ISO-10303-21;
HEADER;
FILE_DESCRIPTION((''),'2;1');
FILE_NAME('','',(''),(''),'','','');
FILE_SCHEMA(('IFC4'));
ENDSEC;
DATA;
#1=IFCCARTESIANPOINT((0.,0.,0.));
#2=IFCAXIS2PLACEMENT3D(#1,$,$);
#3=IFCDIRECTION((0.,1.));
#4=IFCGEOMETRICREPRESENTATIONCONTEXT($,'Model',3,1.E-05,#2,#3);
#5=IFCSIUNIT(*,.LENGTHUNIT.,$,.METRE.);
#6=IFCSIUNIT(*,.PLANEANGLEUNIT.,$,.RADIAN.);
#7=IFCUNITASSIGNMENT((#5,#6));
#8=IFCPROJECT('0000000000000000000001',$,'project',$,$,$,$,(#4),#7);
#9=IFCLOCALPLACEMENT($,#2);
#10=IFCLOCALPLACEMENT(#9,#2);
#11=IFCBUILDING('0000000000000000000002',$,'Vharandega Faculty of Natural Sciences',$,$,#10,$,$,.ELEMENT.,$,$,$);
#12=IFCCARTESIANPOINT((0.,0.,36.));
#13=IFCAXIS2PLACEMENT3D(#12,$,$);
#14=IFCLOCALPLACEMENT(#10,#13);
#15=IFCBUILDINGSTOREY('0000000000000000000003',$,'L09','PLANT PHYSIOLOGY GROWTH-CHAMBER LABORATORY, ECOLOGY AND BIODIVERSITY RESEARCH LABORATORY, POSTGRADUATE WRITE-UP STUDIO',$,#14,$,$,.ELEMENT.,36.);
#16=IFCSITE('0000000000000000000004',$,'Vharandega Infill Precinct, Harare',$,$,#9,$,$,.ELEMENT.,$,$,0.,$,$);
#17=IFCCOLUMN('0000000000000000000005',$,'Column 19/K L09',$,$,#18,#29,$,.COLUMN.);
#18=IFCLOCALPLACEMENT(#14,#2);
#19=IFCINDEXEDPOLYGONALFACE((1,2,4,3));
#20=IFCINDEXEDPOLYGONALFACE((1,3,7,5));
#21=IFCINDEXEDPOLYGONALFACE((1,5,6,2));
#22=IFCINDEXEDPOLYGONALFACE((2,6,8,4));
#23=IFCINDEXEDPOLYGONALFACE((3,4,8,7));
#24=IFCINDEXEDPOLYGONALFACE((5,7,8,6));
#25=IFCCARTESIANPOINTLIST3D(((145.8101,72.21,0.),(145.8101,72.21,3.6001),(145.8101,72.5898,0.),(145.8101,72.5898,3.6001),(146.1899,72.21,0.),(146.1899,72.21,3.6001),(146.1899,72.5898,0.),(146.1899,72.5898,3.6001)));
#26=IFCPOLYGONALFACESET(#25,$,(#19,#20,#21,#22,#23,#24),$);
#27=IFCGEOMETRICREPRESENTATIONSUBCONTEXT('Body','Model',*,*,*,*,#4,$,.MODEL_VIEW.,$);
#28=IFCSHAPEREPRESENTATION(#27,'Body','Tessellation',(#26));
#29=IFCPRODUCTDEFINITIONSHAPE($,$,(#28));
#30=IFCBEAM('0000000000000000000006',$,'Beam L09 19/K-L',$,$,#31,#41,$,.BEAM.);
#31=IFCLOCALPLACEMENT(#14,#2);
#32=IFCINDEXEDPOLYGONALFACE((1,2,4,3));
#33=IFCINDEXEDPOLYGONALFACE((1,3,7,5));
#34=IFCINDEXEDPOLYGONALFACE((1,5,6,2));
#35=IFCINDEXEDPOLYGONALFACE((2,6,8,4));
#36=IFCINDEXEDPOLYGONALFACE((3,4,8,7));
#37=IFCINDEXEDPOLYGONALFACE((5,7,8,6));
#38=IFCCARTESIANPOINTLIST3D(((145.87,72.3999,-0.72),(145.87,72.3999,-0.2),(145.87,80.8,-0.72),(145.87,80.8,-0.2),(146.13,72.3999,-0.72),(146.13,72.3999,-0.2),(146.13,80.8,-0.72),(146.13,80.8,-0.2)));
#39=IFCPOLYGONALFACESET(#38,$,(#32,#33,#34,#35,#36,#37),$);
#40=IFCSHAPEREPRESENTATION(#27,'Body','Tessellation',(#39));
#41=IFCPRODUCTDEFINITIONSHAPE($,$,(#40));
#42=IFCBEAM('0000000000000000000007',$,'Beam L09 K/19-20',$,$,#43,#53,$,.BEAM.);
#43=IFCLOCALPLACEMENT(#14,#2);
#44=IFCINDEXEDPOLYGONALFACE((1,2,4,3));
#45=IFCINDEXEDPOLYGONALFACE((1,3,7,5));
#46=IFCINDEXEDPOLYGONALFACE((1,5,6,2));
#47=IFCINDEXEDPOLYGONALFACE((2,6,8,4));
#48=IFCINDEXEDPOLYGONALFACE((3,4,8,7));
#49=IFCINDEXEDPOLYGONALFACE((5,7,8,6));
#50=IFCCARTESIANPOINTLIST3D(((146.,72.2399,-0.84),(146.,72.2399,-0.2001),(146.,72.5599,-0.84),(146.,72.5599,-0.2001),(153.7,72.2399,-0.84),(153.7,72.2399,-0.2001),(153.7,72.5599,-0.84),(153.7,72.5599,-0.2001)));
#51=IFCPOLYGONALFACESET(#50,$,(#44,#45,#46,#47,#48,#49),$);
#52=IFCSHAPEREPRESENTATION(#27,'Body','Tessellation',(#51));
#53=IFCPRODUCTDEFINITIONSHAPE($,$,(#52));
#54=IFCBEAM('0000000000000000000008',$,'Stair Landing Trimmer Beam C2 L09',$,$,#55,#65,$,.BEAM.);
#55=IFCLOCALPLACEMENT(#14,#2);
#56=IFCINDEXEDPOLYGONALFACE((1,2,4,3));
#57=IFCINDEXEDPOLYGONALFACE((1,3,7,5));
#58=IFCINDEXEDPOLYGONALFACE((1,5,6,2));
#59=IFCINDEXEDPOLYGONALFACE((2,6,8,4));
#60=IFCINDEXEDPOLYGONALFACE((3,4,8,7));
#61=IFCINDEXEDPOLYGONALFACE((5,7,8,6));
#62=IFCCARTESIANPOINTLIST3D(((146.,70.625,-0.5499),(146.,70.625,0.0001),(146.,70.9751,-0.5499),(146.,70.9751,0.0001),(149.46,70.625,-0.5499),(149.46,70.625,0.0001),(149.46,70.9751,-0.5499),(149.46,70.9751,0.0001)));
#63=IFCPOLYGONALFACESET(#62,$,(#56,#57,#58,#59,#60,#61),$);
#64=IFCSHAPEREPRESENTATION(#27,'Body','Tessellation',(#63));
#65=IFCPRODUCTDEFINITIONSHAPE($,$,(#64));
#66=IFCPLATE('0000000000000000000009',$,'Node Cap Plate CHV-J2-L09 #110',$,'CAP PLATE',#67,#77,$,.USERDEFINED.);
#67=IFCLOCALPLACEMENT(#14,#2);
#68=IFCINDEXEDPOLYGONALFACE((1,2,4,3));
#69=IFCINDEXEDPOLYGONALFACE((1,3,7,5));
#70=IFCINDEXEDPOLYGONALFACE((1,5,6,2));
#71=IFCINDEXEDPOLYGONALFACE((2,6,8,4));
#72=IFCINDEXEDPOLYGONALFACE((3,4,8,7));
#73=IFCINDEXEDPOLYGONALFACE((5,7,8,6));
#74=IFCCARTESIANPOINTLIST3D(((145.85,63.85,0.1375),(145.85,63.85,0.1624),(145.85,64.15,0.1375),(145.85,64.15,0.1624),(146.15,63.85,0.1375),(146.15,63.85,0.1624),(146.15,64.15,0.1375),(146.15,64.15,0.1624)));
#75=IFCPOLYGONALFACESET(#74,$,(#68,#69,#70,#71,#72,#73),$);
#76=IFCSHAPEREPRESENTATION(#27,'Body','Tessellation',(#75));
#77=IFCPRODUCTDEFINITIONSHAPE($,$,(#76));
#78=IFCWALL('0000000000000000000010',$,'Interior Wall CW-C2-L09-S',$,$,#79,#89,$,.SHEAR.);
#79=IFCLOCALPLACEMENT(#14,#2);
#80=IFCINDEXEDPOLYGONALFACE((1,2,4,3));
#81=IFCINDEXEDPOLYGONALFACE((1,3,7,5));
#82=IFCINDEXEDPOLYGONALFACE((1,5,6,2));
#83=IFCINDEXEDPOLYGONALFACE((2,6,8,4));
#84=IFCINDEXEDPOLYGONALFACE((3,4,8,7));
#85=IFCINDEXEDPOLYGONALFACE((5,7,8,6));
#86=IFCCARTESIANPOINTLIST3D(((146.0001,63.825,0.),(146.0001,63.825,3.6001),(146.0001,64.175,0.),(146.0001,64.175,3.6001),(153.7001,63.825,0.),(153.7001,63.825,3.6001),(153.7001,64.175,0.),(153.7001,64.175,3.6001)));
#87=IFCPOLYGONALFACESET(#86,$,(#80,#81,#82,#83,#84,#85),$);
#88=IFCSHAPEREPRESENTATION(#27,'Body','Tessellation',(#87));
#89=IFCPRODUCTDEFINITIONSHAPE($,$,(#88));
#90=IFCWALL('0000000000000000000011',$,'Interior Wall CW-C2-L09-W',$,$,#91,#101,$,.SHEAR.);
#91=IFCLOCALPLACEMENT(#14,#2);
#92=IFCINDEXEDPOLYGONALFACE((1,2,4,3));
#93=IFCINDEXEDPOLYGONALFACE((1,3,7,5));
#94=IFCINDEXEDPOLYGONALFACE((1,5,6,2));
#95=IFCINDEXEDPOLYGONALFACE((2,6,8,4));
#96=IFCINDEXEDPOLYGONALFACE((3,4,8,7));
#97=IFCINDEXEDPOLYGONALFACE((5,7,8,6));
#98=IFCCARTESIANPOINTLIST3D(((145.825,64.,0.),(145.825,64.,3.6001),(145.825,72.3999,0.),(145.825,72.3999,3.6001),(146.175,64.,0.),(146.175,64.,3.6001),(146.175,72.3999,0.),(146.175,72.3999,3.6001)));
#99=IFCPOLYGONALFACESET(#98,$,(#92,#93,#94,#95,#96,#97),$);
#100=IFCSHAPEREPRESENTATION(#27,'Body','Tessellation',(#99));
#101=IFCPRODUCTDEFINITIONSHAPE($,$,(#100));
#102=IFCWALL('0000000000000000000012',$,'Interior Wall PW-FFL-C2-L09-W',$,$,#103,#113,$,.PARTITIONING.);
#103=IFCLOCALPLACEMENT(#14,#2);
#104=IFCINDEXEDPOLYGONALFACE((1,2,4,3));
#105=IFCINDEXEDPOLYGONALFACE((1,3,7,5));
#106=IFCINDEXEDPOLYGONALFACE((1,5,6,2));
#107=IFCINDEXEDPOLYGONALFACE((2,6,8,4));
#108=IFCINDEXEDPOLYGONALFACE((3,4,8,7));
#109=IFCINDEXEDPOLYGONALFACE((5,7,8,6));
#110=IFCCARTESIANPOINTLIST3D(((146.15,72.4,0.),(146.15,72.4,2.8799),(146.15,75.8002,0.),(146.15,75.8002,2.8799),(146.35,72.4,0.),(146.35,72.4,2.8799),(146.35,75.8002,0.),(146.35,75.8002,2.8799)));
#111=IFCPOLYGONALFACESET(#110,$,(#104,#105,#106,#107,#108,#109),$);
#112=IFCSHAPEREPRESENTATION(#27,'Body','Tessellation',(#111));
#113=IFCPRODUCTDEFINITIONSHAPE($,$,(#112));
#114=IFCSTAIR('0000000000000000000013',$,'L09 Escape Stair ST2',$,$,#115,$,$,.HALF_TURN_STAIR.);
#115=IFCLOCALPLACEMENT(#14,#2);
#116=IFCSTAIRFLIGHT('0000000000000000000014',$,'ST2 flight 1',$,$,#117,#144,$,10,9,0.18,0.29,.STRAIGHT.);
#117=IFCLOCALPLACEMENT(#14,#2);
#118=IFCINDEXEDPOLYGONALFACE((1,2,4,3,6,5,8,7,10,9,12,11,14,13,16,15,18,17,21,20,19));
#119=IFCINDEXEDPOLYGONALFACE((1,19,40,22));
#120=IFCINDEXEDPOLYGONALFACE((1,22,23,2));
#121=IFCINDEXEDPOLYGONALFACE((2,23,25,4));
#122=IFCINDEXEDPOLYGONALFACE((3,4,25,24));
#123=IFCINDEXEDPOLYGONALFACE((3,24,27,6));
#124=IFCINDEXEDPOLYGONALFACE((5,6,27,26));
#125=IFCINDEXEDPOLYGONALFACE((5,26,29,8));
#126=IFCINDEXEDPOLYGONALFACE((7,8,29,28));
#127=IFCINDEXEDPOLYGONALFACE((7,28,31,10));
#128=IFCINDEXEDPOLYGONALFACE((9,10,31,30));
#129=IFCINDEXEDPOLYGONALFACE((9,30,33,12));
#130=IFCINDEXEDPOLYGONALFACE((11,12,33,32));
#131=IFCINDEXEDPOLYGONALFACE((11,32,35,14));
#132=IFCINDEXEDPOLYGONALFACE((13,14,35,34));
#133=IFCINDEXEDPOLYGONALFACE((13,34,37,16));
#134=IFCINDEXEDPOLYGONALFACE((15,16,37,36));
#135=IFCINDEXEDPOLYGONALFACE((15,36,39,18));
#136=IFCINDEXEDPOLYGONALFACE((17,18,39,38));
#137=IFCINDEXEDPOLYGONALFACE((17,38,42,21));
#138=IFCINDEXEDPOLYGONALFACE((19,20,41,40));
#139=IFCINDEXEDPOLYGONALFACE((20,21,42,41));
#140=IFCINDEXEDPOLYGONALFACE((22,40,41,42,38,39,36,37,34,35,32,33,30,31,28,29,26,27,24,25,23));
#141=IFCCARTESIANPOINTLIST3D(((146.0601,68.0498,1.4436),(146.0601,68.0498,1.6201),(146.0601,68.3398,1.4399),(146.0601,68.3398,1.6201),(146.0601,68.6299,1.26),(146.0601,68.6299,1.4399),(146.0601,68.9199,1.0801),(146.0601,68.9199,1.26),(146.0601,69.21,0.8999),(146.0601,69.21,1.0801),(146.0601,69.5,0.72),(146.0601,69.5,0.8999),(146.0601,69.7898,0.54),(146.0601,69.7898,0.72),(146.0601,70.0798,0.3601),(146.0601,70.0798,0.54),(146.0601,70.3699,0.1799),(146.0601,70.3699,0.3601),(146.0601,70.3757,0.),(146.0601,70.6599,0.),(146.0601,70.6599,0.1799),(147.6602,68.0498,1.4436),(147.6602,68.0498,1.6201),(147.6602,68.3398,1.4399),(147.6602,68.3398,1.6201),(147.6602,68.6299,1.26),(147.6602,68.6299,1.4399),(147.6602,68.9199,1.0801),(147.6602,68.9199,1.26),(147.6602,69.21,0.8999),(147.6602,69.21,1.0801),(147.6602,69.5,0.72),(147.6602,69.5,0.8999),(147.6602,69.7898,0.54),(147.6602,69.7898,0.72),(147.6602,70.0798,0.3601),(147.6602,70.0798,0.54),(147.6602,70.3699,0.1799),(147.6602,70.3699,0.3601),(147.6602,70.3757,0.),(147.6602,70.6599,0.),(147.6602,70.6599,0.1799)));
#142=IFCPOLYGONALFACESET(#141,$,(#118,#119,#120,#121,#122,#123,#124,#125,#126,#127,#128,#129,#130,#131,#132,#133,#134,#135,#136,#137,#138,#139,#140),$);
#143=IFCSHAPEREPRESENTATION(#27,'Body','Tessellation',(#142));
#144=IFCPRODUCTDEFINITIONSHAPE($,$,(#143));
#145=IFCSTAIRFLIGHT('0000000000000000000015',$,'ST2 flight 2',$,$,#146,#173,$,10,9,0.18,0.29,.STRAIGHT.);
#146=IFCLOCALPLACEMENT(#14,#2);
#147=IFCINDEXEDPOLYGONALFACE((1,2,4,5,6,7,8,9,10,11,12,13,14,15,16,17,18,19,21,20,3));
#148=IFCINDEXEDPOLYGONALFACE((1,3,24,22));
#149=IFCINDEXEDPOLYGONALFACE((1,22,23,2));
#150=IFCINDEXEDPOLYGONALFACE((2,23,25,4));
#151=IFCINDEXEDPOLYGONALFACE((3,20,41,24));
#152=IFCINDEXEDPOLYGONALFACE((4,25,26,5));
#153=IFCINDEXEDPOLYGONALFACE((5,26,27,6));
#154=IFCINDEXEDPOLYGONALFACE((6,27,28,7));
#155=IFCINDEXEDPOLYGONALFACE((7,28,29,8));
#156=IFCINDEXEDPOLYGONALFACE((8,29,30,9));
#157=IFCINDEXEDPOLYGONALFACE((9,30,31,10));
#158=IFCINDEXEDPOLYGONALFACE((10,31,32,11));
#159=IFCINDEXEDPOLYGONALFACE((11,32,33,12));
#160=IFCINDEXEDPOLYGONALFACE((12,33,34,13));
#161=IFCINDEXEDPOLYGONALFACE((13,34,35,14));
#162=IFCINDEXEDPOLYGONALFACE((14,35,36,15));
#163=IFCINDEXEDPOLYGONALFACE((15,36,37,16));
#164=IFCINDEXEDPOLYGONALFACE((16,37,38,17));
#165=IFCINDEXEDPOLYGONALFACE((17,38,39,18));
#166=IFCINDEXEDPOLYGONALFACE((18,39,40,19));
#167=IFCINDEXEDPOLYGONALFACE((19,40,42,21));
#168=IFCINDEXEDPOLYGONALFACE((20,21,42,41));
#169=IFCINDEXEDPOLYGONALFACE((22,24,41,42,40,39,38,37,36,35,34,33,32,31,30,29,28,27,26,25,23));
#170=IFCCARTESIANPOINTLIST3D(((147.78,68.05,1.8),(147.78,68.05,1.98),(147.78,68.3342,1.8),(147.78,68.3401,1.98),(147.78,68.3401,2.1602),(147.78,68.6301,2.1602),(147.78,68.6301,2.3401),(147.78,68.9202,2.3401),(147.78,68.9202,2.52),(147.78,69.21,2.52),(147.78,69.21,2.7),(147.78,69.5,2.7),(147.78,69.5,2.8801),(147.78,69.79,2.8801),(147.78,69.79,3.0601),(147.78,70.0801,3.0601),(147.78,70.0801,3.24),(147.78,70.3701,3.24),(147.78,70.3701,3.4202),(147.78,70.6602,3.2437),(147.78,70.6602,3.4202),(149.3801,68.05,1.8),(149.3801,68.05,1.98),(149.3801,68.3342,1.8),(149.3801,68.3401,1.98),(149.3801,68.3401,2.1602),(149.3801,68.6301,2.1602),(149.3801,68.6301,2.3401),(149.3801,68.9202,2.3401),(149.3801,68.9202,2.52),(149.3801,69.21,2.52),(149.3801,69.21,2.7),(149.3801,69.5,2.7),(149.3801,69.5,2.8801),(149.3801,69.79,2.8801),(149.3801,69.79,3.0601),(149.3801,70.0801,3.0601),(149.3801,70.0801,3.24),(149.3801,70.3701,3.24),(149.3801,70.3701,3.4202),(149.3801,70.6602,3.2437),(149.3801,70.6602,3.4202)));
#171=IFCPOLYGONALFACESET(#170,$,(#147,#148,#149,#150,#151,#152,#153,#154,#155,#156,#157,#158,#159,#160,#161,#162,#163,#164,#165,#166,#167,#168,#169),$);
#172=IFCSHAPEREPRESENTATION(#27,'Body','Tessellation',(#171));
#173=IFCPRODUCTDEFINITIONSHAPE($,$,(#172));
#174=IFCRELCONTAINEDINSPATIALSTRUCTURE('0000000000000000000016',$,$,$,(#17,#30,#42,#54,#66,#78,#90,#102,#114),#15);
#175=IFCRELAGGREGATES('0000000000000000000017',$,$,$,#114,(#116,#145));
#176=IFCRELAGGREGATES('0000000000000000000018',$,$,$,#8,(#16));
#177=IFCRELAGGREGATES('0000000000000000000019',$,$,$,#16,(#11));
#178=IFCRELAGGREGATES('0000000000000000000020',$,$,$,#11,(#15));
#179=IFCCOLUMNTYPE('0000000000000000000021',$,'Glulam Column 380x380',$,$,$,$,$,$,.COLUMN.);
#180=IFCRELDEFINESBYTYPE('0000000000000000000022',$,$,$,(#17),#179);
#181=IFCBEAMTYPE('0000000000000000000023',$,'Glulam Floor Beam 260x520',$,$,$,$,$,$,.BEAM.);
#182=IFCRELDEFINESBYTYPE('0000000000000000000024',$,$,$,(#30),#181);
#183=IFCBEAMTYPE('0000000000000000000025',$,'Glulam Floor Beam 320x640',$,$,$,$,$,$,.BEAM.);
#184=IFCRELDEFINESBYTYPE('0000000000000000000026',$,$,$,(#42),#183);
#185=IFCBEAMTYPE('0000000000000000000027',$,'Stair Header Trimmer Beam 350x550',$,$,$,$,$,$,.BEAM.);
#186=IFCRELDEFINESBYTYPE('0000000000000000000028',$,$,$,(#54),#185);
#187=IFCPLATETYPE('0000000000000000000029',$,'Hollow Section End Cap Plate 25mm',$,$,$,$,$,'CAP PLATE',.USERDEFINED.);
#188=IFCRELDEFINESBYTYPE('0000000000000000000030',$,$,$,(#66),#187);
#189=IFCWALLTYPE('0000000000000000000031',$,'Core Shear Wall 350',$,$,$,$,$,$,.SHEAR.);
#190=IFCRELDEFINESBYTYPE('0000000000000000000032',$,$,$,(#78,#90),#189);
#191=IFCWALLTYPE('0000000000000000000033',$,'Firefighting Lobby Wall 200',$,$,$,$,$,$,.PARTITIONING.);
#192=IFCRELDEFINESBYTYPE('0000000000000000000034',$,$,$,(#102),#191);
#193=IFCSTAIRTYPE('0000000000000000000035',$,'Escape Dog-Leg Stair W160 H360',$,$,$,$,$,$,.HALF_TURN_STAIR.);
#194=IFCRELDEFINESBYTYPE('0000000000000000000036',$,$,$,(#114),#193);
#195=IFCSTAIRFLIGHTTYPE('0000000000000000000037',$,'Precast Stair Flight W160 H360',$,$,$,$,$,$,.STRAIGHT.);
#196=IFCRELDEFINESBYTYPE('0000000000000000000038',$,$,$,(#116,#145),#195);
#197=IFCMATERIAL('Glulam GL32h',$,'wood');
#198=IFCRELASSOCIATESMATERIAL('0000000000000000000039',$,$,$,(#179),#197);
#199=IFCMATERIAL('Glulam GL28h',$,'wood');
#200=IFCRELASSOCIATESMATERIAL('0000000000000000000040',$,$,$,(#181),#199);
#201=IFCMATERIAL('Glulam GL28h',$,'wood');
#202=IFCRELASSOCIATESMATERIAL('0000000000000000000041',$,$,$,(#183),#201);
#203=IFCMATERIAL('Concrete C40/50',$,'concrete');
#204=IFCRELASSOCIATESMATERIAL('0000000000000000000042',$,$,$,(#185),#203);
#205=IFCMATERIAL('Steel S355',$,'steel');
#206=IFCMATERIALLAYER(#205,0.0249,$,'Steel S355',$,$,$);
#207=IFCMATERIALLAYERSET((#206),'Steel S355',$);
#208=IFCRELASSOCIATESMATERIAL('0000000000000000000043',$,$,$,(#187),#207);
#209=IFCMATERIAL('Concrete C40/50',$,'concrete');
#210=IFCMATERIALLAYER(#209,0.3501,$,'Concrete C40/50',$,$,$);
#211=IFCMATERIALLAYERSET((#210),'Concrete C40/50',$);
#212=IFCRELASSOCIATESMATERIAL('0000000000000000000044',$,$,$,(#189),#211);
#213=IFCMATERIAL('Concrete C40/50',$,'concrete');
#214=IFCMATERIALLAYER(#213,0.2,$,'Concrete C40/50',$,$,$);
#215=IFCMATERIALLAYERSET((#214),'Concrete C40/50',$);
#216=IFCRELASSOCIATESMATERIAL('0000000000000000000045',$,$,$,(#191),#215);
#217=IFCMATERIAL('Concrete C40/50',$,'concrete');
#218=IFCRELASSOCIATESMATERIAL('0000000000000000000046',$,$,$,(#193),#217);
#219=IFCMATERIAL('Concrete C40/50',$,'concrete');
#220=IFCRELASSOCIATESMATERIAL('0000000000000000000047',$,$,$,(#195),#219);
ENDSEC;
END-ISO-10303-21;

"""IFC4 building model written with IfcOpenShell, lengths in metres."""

from ifc_helpers import new_model, si_unit, direction, frame, frame_2d, origin, origin_2d, place, context, subcontext, project, spatial, polyline, rectangle, outline, extrude, material, layer, layer_set, material_profile, profile_set, type_object, element, aggregate, save


model = new_model("IFC4")

# Units and contexts
model_context = context("Model", 3, precision=1e-05, world=origin(), true_north=direction((0.0, 1.0)))
body_context = subcontext(model_context, "Body", "Model", "MODEL_VIEW")
ifc_project = project(units=[si_unit("LENGTHUNIT", "METRE"), si_unit("PLANEANGLEUNIT", "RADIAN")], contexts=[model_context])

# Site, building, storey
site_placement = place(None, origin())
site = spatial("IfcSite", under=ifc_project, at=site_placement, Name="Vharandega Infill Precinct, Harare", CompositionType="ELEMENT", RefElevation=0.0)
building_placement = place(site_placement, origin())
building = spatial("IfcBuilding", under=site, at=building_placement, Name="Vharandega Faculty of Natural Sciences", CompositionType="ELEMENT")
storey_placement = place(building_placement, frame((0.0, 0.0, 36.0)))
storey = spatial("IfcBuildingStorey", under=building, at=storey_placement, Name="L09", Description="PLANT PHYSIOLOGY GROWTH-CHAMBER LABORATORY, ECOLOGY AND BIODIVERSITY RESEARCH LABORATORY, POSTGRADUATE WRITE-UP STUDIO", CompositionType="ELEMENT", Elevation=36.0)

# Column
ifc_material_1 = material(Name="Glulam GL32h", Category="wood")
ifc_material_profile_1 = material_profile(ifc_material_1, rectangle(XDim=0.3799, YDim=0.3799, at=origin_2d()), Name="GL32h 380x380")
ifc_profile_set_1 = profile_set([ifc_material_profile_1], Name="Glulam GL32h")
column_type = type_object("IfcColumnType", Name="Glulam Column 380x380", PredefinedType="COLUMN", material=ifc_profile_set_1)
column_placement = place(storey_placement, frame((146.0, 72.3999, 0.0), z_axis=(0.0, 0.0, 1.0), x_axis=(1.0, 0.0, 0.0)))
element("IfcColumn", 1, at=column_placement, inside=storey, type_object=column_type, Name="Column 19/K L09", PredefinedType="COLUMN", context=body_context, shape_type="SweptSolid", body=[
    extrude(rectangle(XDim=0.3799, YDim=0.3799, at=origin_2d()), origin(), (0.0, 0.0, 1.0), 3.6001),
])

# Beams
ifc_material_2 = material(Name="Glulam GL28h", Category="wood")
ifc_material_profile_2 = material_profile(ifc_material_2, rectangle(XDim=0.26, YDim=0.52, at=origin_2d()), Name="GL28h 260x520")
ifc_profile_set_2 = profile_set([ifc_material_profile_2], Name="Glulam GL28h")
beam_type_1 = type_object("IfcBeamType", Name="Glulam Floor Beam 260x520", PredefinedType="BEAM", material=ifc_profile_set_2)
beam_1_placement = place(storey_placement, frame((146.0, 72.3999, -0.46), z_axis=(0.0, 1.0, 0.0), x_axis=(-1.0, 0.0, 0.0)))
element("IfcBeam", 2, at=beam_1_placement, inside=storey, type_object=beam_type_1, Name="Beam L09 19/K-L", PredefinedType="BEAM", context=body_context, shape_type="SweptSolid", body=[
    extrude(rectangle(XDim=0.26, YDim=0.52, at=origin_2d()), origin(), (0.0, 0.0, 1.0), 8.4001),
])
ifc_material_3 = material(Name="Glulam GL28h", Category="wood")
ifc_material_profile_3 = material_profile(ifc_material_3, rectangle(XDim=0.3201, YDim=0.6399, at=origin_2d()), Name="GL28h 320x640")
ifc_profile_set_3 = profile_set([ifc_material_profile_3], Name="Glulam GL28h")
beam_type_2 = type_object("IfcBeamType", Name="Glulam Floor Beam 320x640", PredefinedType="BEAM", material=ifc_profile_set_3)
beam_2_placement = place(storey_placement, frame((146.0, 72.3999, -0.52), z_axis=(1.0, 0.0, 0.0), x_axis=(0.0, 1.0, 0.0)))
element("IfcBeam", 3, at=beam_2_placement, inside=storey, type_object=beam_type_2, Name="Beam L09 K/19-20", PredefinedType="BEAM", context=body_context, shape_type="SweptSolid", body=[
    extrude(rectangle(XDim=0.3201, YDim=0.6399, at=origin_2d()), origin(), (0.0, 0.0, 1.0), 7.7),
])
ifc_material_4 = material(Name="Concrete C40/50", Category="concrete")
ifc_material_profile_4 = material_profile(ifc_material_4, rectangle(XDim=0.3501, YDim=0.55, at=origin_2d()), Name="RC 350x550")
ifc_profile_set_4 = profile_set([ifc_material_profile_4], Name="Concrete C40/50")
beam_type_3 = type_object("IfcBeamType", Name="Stair Header Trimmer Beam 350x550", PredefinedType="BEAM", material=ifc_profile_set_4)
beam_3_placement = place(storey_placement, frame((146.0, 70.8, -0.2749), z_axis=(1.0, 0.0, 0.0), x_axis=(0.0, 1.0, 0.0)))
element("IfcBeam", 4, at=beam_3_placement, inside=storey, type_object=beam_type_3, Name="Stair Landing Trimmer Beam C2 L09", PredefinedType="BEAM", context=body_context, shape_type="SweptSolid", body=[
    extrude(rectangle(XDim=0.3501, YDim=0.55, at=origin_2d()), origin(), (0.0, 0.0, 1.0), 3.46),
])

# Plate
ifc_material_5 = material(Name="Steel S355", Category="steel")
ifc_layer_1 = layer(ifc_material_5, 0.0249, Name="Steel S355")
ifc_layer_set_1 = layer_set([ifc_layer_1], Name="Steel S355")
plate_type = type_object("IfcPlateType", Name="Hollow Section End Cap Plate 25mm", ElementType="CAP PLATE", PredefinedType="USERDEFINED", material=ifc_layer_set_1)
plate_placement = place(storey_placement, frame((146.0, 64.0, 0.1375), z_axis=(0.0, 0.0, 1.0), x_axis=(1.0, 0.0, 0.0)))
element("IfcPlate", 5, at=plate_placement, inside=storey, type_object=plate_type, Name="Node Cap Plate CHV-J2-L09 #110", ObjectType="CAP PLATE", PredefinedType="USERDEFINED", context=body_context, shape_type="SweptSolid", body=[
    extrude(rectangle(XDim=0.3, YDim=0.3, at=origin_2d()), origin(), (0.0, 0.0, 1.0), 0.0249),
])

# Walls
ifc_material_6 = material(Name="Concrete C40/50", Category="concrete")
ifc_layer_2 = layer(ifc_material_6, 0.3501, Name="Concrete C40/50")
ifc_layer_set_2 = layer_set([ifc_layer_2], Name="Concrete C40/50")
wall_type_1 = type_object("IfcWallType", Name="Core Shear Wall 350", PredefinedType="SHEAR", material=ifc_layer_set_2)
wall_1_placement = place(storey_placement, frame((146.0, 64.0, 0.0), z_axis=(0.0, 0.0, 1.0), x_axis=(1.0, 0.0, 0.0)))
element("IfcWall", 6, at=wall_1_placement, inside=storey, type_object=wall_type_1, Name="Interior Wall CW-C2-L09-S", PredefinedType="SHEAR", context=body_context, shape_type="SweptSolid", body=[
    extrude(rectangle(XDim=7.7, YDim=0.3501, at=frame_2d((3.8501, 0.0))), origin(), (0.0, 0.0, 1.0), 3.6001),
])
wall_2_placement = place(storey_placement, frame((146.0, 64.0, 0.0), z_axis=(0.0, 0.0, 1.0), x_axis=(0.0, 1.0, 0.0)))
element("IfcWall", 7, at=wall_2_placement, inside=storey, type_object=wall_type_1, Name="Interior Wall CW-C2-L09-W", PredefinedType="SHEAR", context=body_context, shape_type="SweptSolid", body=[
    extrude(rectangle(XDim=8.3999, YDim=0.3501, at=frame_2d((4.2, 0.0))), origin(), (0.0, 0.0, 1.0), 3.6001),
])

# Wall
ifc_material_7 = material(Name="Concrete C40/50", Category="concrete")
ifc_layer_3 = layer(ifc_material_7, 0.2, Name="Concrete C40/50")
ifc_layer_set_3 = layer_set([ifc_layer_3], Name="Concrete C40/50")
wall_type_2 = type_object("IfcWallType", Name="Firefighting Lobby Wall 200", PredefinedType="PARTITIONING", material=ifc_layer_set_3)
wall_3_placement = place(storey_placement, frame((146.25, 72.3999, 0.0), z_axis=(0.0, 0.0, 1.0), x_axis=(0.0, 1.0, 0.0)))
element("IfcWall", 8, at=wall_3_placement, inside=storey, type_object=wall_type_2, Name="Interior Wall PW-FFL-C2-L09-W", PredefinedType="PARTITIONING", context=body_context, shape_type="SweptSolid", body=[
    extrude(rectangle(XDim=3.4001, YDim=0.2, at=frame_2d((1.7002, 0.0))), origin(), (0.0, 0.0, 1.0), 2.8799),
])

# Stair, stair flights
ifc_material_8 = material(Name="Concrete C40/50", Category="concrete")
stair_type = type_object("IfcStairType", Name="Escape Dog-Leg Stair W160 H360", PredefinedType="HALF_TURN_STAIR", material=ifc_material_8)
stair_placement = place(storey_placement, origin())
stair = element("IfcStair", 9, at=stair_placement, inside=storey, type_object=stair_type, Name="L09 Escape Stair ST2", PredefinedType="HALF_TURN_STAIR")
ifc_material_9 = material(Name="Concrete C40/50", Category="concrete")
stair_flight_type = type_object("IfcStairFlightType", Name="Precast Stair Flight W160 H360", PredefinedType="STRAIGHT", material=ifc_material_9)
stair_flight_1_placement = place(storey_placement, frame((146.8601, 70.6599, 0.0), z_axis=(0.0, 0.0, 1.0), x_axis=(0.0, -1.0, 0.0)))
stair_flight_1 = element("IfcStairFlight", 10, at=stair_flight_1_placement, type_object=stair_flight_type, Name="ST2 flight 1", NumberOfRisers=10, NumberOfTreads=9, PredefinedType="STRAIGHT", RiserHeight=0.18, TreadLength=0.29, context=body_context, shape_type="SweptSolid", body=[
    extrude(outline(polyline([(0.0, 0.0), (0.0, 0.1799), (0.29, 0.1799), (0.29, 0.3601), (0.5801, 0.3601), (0.5801, 0.54), (0.8701, 0.54), (0.8701, 0.72), (1.1599, 0.72), (1.1599, 0.8999), (1.45, 0.8999), (1.45, 1.0801), (1.74, 1.0801), (1.74, 1.26), (2.03, 1.26), (2.03, 1.4399), (2.3201, 1.4399), (2.3201, 1.6201), (2.6101, 1.6201), (2.6101, 1.8), (2.6101, 1.4436), (0.2842, 0.0), (0.0, 0.0)])), frame((0.0, 0.8, 0.0), z_axis=(0.0, -1.0, 0.0), x_axis=(1.0, 0.0, 0.0)), (0.0, 0.0, 1.0), 1.6001),
])
stair_flight_2_placement = place(storey_placement, frame((148.5801, 68.05, 1.8), z_axis=(0.0, 0.0, 1.0), x_axis=(0.0, 1.0, 0.0)))
stair_flight_2 = element("IfcStairFlight", 11, at=stair_flight_2_placement, type_object=stair_flight_type, Name="ST2 flight 2", NumberOfRisers=10, NumberOfTreads=9, PredefinedType="STRAIGHT", RiserHeight=0.18, TreadLength=0.29, context=body_context, shape_type="SweptSolid", body=[
    extrude(outline(polyline([(0.0, 0.0), (0.0, 0.1799), (0.29, 0.1799), (0.29, 0.3601), (0.5801, 0.3601), (0.5801, 0.54), (0.8701, 0.54), (0.8701, 0.72), (1.1599, 0.72), (1.1599, 0.8999), (1.45, 0.8999), (1.45, 1.0801), (1.74, 1.0801), (1.74, 1.26), (2.03, 1.26), (2.03, 1.4399), (2.3201, 1.4399), (2.3201, 1.6201), (2.6101, 1.6201), (2.6101, 1.8), (2.6101, 1.4436), (0.2842, 0.0), (0.0, 0.0)])), frame((0.0, 0.8, 0.0), z_axis=(0.0, -1.0, 0.0), x_axis=(1.0, 0.0, 0.0)), (0.0, 0.0, 1.0), 1.6001),
])
aggregate(stair, [stair_flight_1, stair_flight_2])

save(model, "model.ifc")
